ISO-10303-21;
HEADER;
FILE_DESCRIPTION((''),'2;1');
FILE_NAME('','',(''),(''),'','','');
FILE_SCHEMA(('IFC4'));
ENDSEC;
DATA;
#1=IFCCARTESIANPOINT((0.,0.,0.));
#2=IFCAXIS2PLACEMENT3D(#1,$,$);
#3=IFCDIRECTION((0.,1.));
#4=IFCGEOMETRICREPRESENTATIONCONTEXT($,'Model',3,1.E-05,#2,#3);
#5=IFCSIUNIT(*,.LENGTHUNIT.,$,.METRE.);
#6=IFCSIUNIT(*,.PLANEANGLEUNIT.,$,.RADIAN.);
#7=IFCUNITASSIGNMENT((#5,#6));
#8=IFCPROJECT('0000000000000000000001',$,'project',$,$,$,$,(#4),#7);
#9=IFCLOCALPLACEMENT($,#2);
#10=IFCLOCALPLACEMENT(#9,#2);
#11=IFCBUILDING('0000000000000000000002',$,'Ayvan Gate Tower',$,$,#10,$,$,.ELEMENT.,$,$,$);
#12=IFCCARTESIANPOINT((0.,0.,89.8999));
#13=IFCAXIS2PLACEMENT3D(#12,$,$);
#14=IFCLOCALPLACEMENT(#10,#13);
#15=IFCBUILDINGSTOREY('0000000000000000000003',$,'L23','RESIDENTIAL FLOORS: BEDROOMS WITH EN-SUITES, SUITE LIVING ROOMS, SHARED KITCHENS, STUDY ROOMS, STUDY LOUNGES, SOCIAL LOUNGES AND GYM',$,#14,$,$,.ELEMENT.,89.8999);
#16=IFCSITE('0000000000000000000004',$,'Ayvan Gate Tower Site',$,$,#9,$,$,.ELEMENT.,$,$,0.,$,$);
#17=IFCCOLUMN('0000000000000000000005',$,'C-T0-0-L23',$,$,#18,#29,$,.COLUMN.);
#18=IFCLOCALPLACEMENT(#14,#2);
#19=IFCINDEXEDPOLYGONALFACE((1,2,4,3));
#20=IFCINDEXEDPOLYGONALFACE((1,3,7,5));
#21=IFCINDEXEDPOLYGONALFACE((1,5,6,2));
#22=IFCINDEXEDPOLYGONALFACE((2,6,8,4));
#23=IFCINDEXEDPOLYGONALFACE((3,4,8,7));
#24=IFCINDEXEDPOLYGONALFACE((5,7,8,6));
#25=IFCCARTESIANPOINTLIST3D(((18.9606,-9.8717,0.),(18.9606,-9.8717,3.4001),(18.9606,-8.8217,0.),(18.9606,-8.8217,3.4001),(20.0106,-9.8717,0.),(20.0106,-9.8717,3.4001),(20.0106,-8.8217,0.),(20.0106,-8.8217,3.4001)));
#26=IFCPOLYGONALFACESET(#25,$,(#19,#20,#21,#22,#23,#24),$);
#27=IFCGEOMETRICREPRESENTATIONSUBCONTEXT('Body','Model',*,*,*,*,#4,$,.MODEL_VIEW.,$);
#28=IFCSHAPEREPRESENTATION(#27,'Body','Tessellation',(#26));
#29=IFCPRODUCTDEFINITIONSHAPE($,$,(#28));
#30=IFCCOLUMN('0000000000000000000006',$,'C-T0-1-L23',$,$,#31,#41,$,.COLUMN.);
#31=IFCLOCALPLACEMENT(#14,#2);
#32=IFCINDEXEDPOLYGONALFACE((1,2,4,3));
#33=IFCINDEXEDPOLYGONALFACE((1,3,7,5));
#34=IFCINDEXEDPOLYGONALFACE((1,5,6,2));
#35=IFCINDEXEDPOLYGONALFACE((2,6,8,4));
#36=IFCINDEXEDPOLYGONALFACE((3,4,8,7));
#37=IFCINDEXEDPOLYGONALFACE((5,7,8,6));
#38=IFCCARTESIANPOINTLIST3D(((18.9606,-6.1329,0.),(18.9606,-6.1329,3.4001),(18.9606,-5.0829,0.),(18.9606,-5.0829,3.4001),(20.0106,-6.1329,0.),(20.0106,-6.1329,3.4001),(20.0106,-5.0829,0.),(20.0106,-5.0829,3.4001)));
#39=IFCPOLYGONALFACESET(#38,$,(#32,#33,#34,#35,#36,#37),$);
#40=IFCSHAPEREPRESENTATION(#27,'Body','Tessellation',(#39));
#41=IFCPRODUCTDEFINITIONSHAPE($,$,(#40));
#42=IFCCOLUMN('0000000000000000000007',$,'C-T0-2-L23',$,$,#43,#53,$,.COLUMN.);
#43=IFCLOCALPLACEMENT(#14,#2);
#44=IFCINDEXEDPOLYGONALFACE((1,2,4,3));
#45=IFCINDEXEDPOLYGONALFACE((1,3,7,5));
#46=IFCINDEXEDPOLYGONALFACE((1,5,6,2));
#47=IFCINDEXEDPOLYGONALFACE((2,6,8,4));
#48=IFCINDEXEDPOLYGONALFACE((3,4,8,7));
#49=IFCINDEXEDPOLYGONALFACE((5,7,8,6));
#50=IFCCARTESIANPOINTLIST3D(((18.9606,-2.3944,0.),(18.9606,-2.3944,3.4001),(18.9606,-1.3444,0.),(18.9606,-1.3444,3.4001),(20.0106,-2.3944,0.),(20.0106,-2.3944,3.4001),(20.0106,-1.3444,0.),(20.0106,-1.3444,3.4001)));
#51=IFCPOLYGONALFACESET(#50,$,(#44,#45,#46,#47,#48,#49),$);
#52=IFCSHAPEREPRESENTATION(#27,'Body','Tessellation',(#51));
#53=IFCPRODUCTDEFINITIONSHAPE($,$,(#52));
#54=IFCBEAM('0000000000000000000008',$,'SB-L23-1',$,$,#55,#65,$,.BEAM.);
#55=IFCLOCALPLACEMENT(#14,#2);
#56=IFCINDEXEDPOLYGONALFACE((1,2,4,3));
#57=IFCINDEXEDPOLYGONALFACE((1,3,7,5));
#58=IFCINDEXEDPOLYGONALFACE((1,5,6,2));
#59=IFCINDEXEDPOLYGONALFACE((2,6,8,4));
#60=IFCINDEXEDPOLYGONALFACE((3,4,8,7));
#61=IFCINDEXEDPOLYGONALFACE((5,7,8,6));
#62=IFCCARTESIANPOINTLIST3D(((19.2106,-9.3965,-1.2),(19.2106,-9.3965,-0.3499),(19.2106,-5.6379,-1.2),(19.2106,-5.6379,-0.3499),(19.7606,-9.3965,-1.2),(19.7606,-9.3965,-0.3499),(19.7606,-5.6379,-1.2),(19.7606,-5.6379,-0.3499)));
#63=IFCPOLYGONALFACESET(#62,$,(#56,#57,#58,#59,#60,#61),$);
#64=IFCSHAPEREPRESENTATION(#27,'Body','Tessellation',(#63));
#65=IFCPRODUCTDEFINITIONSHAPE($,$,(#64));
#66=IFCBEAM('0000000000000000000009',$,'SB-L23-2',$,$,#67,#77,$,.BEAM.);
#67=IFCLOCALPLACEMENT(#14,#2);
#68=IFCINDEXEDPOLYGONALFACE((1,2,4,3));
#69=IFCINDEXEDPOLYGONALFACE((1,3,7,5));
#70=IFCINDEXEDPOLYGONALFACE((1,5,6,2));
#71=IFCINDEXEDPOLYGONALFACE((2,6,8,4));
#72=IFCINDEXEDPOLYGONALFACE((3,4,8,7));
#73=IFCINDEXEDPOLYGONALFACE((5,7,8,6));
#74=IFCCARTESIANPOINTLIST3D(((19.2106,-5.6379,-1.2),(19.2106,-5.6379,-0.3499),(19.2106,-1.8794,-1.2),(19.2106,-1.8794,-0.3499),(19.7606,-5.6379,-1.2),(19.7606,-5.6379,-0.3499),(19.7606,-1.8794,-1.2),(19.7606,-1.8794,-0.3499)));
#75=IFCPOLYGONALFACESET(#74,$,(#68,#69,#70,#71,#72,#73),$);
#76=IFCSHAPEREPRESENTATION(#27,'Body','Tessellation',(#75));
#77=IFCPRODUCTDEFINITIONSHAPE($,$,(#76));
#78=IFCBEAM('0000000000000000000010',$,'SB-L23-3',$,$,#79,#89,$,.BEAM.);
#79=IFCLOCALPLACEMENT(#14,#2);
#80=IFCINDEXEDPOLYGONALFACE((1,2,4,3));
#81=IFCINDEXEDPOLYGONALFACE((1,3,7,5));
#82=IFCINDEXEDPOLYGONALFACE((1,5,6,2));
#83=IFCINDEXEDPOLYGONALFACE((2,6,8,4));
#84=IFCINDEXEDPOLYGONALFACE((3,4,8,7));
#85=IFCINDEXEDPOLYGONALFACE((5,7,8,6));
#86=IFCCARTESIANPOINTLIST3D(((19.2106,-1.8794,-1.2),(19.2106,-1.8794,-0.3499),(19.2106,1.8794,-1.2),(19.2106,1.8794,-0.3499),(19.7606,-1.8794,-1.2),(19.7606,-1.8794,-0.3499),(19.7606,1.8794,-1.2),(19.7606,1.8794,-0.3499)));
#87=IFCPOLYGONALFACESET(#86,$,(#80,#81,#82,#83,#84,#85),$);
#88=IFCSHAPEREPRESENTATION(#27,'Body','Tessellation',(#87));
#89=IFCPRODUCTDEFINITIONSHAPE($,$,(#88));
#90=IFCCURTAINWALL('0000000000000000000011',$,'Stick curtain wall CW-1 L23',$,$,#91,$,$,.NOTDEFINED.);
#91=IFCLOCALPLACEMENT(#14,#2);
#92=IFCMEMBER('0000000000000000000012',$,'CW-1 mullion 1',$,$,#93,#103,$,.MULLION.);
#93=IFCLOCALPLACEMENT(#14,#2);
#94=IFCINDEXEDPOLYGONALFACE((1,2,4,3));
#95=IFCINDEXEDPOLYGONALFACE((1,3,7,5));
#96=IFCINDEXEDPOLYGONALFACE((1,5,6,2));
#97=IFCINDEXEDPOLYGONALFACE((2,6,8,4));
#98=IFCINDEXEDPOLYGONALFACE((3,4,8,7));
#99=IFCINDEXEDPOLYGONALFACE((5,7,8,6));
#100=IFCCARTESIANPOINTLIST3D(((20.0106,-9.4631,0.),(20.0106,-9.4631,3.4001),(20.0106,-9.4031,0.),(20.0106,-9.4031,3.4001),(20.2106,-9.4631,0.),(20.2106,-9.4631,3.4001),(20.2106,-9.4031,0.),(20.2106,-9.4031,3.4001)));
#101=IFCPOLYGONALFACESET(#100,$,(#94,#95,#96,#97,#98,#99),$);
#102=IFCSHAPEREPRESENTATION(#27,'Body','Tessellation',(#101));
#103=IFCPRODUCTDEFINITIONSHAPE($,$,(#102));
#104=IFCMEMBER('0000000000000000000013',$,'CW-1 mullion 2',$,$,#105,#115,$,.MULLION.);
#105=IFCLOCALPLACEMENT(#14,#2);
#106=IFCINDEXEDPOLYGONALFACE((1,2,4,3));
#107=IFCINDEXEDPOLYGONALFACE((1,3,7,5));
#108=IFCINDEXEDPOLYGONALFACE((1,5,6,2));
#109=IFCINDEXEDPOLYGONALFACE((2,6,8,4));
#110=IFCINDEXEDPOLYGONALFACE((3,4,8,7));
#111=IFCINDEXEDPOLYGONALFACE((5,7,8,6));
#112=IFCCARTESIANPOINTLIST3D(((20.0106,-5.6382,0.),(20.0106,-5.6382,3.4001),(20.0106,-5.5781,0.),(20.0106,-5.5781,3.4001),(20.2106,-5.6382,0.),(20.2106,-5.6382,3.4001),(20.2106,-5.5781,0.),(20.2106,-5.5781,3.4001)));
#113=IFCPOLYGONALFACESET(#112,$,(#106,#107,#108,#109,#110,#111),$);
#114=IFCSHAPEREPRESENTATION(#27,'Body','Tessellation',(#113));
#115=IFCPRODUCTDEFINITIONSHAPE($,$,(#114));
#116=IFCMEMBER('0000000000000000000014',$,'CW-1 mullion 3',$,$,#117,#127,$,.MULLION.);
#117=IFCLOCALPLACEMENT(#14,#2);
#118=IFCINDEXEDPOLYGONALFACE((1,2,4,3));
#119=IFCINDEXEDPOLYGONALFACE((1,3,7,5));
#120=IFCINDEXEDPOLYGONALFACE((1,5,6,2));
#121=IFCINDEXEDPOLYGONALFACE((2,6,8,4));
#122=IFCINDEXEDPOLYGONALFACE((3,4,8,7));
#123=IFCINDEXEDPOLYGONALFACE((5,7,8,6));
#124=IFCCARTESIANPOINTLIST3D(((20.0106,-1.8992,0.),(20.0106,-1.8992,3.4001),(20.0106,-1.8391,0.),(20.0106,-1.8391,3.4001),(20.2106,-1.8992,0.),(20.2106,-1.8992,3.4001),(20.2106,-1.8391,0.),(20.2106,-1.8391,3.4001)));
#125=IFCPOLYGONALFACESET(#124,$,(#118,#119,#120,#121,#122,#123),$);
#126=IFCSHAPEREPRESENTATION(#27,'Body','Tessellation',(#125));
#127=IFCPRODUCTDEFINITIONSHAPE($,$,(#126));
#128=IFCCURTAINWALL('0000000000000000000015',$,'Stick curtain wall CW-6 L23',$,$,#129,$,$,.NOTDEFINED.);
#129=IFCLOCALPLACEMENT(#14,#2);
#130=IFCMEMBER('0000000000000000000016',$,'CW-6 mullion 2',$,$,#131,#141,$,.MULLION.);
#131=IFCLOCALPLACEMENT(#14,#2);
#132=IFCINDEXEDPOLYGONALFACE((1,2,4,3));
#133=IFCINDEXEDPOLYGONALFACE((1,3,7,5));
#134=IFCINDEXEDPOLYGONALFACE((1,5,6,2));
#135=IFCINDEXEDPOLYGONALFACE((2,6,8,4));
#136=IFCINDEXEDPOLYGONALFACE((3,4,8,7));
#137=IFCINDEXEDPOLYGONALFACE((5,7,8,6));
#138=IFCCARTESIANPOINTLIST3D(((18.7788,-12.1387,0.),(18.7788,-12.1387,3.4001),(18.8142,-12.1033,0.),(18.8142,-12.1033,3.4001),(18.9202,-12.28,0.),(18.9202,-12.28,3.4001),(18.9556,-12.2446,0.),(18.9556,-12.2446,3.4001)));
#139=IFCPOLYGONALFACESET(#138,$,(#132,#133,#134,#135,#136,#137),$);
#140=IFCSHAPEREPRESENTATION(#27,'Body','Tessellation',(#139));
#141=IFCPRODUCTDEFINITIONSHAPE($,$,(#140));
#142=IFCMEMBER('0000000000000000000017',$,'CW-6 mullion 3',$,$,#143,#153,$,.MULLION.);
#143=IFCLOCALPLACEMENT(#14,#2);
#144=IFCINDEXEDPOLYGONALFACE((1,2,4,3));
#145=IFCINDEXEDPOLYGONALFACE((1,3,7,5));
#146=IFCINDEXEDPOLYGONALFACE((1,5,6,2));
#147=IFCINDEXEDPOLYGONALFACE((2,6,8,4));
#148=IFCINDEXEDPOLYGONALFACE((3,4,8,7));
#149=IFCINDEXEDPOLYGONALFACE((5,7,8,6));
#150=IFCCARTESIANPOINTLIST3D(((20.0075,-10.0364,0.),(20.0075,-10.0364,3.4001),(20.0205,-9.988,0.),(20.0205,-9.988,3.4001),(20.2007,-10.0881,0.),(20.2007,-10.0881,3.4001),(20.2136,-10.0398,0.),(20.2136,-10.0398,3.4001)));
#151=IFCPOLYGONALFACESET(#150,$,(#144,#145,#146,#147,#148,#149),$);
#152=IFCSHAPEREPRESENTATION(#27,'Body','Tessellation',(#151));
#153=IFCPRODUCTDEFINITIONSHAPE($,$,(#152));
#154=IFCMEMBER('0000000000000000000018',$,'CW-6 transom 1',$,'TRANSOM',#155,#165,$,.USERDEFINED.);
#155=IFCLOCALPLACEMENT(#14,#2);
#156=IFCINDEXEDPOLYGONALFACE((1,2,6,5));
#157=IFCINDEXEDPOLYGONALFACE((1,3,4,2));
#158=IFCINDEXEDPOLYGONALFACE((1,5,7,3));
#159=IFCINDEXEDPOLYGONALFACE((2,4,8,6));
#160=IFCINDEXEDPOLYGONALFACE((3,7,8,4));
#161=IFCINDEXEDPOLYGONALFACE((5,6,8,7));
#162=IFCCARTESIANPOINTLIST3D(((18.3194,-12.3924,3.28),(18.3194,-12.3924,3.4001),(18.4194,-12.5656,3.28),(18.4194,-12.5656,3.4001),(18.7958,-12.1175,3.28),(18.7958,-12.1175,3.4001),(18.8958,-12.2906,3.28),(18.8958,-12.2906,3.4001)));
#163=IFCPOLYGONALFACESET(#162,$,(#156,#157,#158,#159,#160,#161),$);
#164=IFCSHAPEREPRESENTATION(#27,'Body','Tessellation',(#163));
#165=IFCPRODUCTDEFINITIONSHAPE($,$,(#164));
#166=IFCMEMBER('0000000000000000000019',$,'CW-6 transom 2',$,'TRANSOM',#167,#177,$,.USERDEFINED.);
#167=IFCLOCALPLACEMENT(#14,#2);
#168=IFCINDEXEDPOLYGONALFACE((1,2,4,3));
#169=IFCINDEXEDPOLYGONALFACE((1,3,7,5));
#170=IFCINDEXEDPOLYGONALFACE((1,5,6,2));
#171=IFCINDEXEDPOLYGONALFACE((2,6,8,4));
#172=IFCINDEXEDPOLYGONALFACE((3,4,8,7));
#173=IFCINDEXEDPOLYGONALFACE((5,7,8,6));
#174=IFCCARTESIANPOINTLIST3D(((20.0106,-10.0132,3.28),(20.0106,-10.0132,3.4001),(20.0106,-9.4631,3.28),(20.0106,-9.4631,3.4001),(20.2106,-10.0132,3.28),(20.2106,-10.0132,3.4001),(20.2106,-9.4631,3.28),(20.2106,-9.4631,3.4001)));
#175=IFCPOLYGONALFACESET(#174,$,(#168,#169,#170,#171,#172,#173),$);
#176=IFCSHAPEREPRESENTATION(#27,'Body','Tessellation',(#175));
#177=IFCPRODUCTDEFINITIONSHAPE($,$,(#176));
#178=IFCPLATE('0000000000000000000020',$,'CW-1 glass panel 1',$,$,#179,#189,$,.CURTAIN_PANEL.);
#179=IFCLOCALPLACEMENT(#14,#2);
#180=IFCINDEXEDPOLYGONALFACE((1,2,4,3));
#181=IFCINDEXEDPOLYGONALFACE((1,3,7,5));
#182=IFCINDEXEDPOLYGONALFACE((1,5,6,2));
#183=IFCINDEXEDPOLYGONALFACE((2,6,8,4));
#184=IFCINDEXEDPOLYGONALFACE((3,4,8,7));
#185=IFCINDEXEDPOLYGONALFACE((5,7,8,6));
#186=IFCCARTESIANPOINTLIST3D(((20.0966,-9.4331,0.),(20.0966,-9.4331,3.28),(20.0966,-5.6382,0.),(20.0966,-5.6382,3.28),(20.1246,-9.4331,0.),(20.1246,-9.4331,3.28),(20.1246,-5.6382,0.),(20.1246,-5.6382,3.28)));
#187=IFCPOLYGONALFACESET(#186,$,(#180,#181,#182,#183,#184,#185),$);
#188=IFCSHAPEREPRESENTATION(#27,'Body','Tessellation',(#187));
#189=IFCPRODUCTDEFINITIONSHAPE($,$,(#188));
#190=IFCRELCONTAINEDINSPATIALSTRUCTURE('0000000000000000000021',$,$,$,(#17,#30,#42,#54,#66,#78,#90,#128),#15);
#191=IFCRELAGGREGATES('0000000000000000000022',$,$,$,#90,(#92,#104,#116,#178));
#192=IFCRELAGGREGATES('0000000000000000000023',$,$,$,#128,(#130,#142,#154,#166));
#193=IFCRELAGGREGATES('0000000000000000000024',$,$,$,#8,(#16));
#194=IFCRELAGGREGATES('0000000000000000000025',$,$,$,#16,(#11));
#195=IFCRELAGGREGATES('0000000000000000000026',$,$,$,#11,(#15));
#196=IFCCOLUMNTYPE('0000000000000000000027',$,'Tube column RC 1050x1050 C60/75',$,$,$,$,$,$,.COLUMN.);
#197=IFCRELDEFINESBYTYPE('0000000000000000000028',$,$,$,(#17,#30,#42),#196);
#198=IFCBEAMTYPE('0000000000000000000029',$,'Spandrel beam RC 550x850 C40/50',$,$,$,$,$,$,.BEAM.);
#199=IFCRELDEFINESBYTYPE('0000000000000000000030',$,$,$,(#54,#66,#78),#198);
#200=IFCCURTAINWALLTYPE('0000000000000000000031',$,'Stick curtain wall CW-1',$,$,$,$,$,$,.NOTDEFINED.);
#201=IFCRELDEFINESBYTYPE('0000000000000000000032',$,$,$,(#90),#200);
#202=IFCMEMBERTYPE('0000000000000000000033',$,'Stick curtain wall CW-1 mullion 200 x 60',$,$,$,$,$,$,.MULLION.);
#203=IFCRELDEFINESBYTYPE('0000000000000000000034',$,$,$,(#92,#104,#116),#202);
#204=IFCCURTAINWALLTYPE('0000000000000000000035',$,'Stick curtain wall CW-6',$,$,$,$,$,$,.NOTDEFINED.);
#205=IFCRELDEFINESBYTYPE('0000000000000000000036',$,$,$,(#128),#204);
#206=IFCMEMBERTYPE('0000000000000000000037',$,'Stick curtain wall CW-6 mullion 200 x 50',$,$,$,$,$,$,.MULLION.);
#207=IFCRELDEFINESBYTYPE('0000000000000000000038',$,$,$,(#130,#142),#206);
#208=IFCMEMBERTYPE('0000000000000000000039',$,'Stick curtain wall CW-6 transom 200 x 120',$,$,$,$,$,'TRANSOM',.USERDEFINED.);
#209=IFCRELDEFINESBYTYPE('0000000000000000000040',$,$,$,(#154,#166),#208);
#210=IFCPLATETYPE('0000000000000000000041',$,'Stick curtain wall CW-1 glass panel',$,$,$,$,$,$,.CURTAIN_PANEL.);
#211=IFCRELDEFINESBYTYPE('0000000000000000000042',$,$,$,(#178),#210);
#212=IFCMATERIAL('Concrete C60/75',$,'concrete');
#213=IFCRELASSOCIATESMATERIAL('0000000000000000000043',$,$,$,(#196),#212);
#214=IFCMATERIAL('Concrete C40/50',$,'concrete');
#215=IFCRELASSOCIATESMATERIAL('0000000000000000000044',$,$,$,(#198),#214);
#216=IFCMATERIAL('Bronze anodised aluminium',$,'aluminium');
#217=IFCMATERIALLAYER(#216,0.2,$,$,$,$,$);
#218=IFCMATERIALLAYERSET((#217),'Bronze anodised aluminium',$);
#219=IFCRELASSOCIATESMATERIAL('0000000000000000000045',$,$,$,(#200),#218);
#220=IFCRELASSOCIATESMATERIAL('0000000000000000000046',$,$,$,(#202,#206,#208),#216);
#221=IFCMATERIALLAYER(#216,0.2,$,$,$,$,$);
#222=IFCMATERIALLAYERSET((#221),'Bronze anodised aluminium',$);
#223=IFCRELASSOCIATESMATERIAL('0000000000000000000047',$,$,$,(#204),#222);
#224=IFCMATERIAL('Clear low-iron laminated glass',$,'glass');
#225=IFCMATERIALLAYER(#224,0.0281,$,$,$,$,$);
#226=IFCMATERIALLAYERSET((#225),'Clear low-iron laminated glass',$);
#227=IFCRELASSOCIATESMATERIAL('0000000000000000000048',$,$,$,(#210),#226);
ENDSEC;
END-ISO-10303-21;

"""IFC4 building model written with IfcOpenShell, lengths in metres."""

from ifc_helpers import new_model, si_unit, direction, frame, origin, origin_2d, place, context, subcontext, project, spatial, rectangle, extrude, material, layer, layer_set, material_profile, profile_set, type_object, element, aggregate, save


model = new_model("IFC4")

# Units and contexts
model_context = context("Model", 3, precision=1e-05, world=origin(), true_north=direction((0.0, 1.0)))
body_context = subcontext(model_context, "Body", "Model", "MODEL_VIEW")
ifc_project = project(units=[si_unit("LENGTHUNIT", "METRE"), si_unit("PLANEANGLEUNIT", "RADIAN")], contexts=[model_context])

# Site, building, storey
site_placement = place(None, origin())
site = spatial("IfcSite", under=ifc_project, at=site_placement, Name="Ayvan Gate Tower Site", CompositionType="ELEMENT", RefElevation=0.0)
building_placement = place(site_placement, origin())
building = spatial("IfcBuilding", under=site, at=building_placement, Name="Ayvan Gate Tower", CompositionType="ELEMENT")
storey_placement = place(building_placement, frame((0.0, 0.0, 89.8999)))
storey = spatial("IfcBuildingStorey", under=building, at=storey_placement, Name="L23", Description="RESIDENTIAL FLOORS: BEDROOMS WITH EN-SUITES, SUITE LIVING ROOMS, SHARED KITCHENS, STUDY ROOMS, STUDY LOUNGES, SOCIAL LOUNGES AND GYM", CompositionType="ELEMENT", Elevation=89.8999)

# Columns
ifc_material_1 = material(Name="Concrete C60/75", Category="concrete")
ifc_material_profile_1 = material_profile(ifc_material_1, rectangle(XDim=1.05, YDim=1.05, at=origin_2d()), Name="RC 1050x1050")
ifc_profile_set_1 = profile_set([ifc_material_profile_1], Name="Concrete C60/75")
column_type = type_object("IfcColumnType", Name="Tube column RC 1050x1050 C60/75", PredefinedType="COLUMN", material=ifc_profile_set_1)
for number, where, z_axis, x_axis, name in (
    (1, (19.4856, -9.3467, 0.0), (0.0, 0.0, 1.0), (1.0, 0.0, 0.0), "C-T0-0-L23"),
    (2, (19.4856, -5.6079, 0.0), (0.0, 0.0, 1.0), (1.0, 0.0, 0.0), "C-T0-1-L23"),
    (3, (19.4856, -1.8694, 0.0), (0.0, 0.0, 1.0), (1.0, 0.0, 0.0), "C-T0-2-L23"),
):
    element("IfcColumn", number, at=place(storey_placement, frame(where, z_axis=z_axis, x_axis=x_axis)), inside=storey, type_object=column_type, Name=name, PredefinedType="COLUMN", context=body_context, shape_type="SweptSolid", body=[
        extrude(rectangle(XDim=1.05, YDim=1.05, at=origin_2d()), origin(), (0.0, 0.0, 1.0), 3.4001),
    ])

# Beams
ifc_material_2 = material(Name="Concrete C40/50", Category="concrete")
ifc_material_profile_2 = material_profile(ifc_material_2, rectangle(XDim=0.55, YDim=0.8501, at=origin_2d()), Name="RC 550x850")
ifc_profile_set_2 = profile_set([ifc_material_profile_2], Name="Concrete C40/50")
beam_type = type_object("IfcBeamType", Name="Spandrel beam RC 550x850 C40/50", PredefinedType="BEAM", material=ifc_profile_set_2)
for number, where, z_axis, x_axis, name in (
    (4, (19.4856, -9.3965, -0.7749), (0.0, 1.0, 0.0), (-1.0, 0.0, 0.0), "SB-L23-1"),
    (5, (19.4856, -5.6379, -0.7749), (0.0, 1.0, 0.0), (-1.0, 0.0, 0.0), "SB-L23-2"),
):
    element("IfcBeam", number, at=place(storey_placement, frame(where, z_axis=z_axis, x_axis=x_axis)), inside=storey, type_object=beam_type, Name=name, PredefinedType="BEAM", context=body_context, shape_type="SweptSolid", body=[
        extrude(rectangle(XDim=0.55, YDim=0.8501, at=origin_2d()), origin(), (0.0, 0.0, 1.0), 3.7585),
    ])
beam_placement = place(storey_placement, frame((19.4856, -1.8794, -0.7749), z_axis=(0.0, 1.0, 0.0), x_axis=(-1.0, 0.0, 0.0)))
element("IfcBeam", 6, at=beam_placement, inside=storey, type_object=beam_type, Name="SB-L23-3", PredefinedType="BEAM", context=body_context, shape_type="SweptSolid", body=[
    extrude(rectangle(XDim=0.55, YDim=0.8501, at=origin_2d()), origin(), (0.0, 0.0, 1.0), 3.7588),
])

# Curtain walls, members
ifc_material_3 = material(Name="Bronze anodised aluminium", Category="aluminium")
ifc_layer_1 = layer(ifc_material_3, 0.2)
ifc_layer_set_1 = layer_set([ifc_layer_1], Name="Bronze anodised aluminium")
curtain_wall_type_1 = type_object("IfcCurtainWallType", Name="Stick curtain wall CW-1", PredefinedType="NOTDEFINED", material=ifc_layer_set_1)
curtain_wall_1_placement = place(storey_placement, origin())
curtain_wall_1 = element("IfcCurtainWall", 7, at=curtain_wall_1_placement, inside=storey, type_object=curtain_wall_type_1, Name="Stick curtain wall CW-1 L23", PredefinedType="NOTDEFINED")
ifc_material_profile_3 = material_profile(ifc_material_3, rectangle(XDim=0.2, YDim=0.0601, at=origin_2d()), Name="Stick curtain wall CW-1 mullion 200 x 60")
ifc_profile_set_3 = profile_set([ifc_material_profile_3], Name="Bronze anodised aluminium")
member_type_1 = type_object("IfcMemberType", Name="Stick curtain wall CW-1 mullion 200 x 60", PredefinedType="MULLION", material=ifc_profile_set_3)
member_1_placement = place(storey_placement, frame((20.1106, -9.4331, 0.0), z_axis=(0.0, 0.0, 1.0), x_axis=(1.0, 0.0, 0.0)))
member_1 = element("IfcMember", 8, at=member_1_placement, type_object=member_type_1, Name="CW-1 mullion 1", PredefinedType="MULLION", context=body_context, shape_type="SweptSolid", body=[
    extrude(rectangle(XDim=0.2, YDim=0.0601, at=origin_2d()), origin(), (0.0, 0.0, 1.0), 3.4001),
])
member_2_placement = place(storey_placement, frame((20.1106, -5.6082, 0.0), z_axis=(0.0, 0.0, 1.0), x_axis=(1.0, 0.0, 0.0)))
member_2 = element("IfcMember", 9, at=member_2_placement, type_object=member_type_1, Name="CW-1 mullion 2", PredefinedType="MULLION", context=body_context, shape_type="SweptSolid", body=[
    extrude(rectangle(XDim=0.2, YDim=0.0601, at=origin_2d()), origin(), (0.0, 0.0, 1.0), 3.4001),
])
member_3_placement = place(storey_placement, frame((20.1106, -1.8691, 0.0), z_axis=(0.0, 0.0, 1.0), x_axis=(1.0, 0.0, 0.0)))
member_3 = element("IfcMember", 10, at=member_3_placement, type_object=member_type_1, Name="CW-1 mullion 3", PredefinedType="MULLION", context=body_context, shape_type="SweptSolid", body=[
    extrude(rectangle(XDim=0.2, YDim=0.0601, at=origin_2d()), origin(), (0.0, 0.0, 1.0), 3.4001),
])
ifc_layer_2 = layer(ifc_material_3, 0.2)
ifc_layer_set_2 = layer_set([ifc_layer_2], Name="Bronze anodised aluminium")
curtain_wall_type_2 = type_object("IfcCurtainWallType", Name="Stick curtain wall CW-6", PredefinedType="NOTDEFINED", material=ifc_layer_set_2)
curtain_wall_2_placement = place(storey_placement, origin())
curtain_wall_2 = element("IfcCurtainWall", 11, at=curtain_wall_2_placement, inside=storey, type_object=curtain_wall_type_2, Name="Stick curtain wall CW-6 L23", PredefinedType="NOTDEFINED")
ifc_material_profile_4 = material_profile(ifc_material_3, rectangle(XDim=0.2, YDim=0.05, at=origin_2d()), Name="Stick curtain wall CW-6 mullion 200 x 50")
ifc_profile_set_4 = profile_set([ifc_material_profile_4], Name="Bronze anodised aluminium")
member_type_2 = type_object("IfcMemberType", Name="Stick curtain wall CW-6 mullion 200 x 50", PredefinedType="MULLION", material=ifc_profile_set_4)
member_4_placement = place(storey_placement, frame((18.8672, -12.1917, 0.0), z_axis=(0.0, 0.0, 1.0), x_axis=(0.707107, -0.707107, 0.0)))
member_4 = element("IfcMember", 12, at=member_4_placement, type_object=member_type_2, Name="CW-6 mullion 2", PredefinedType="MULLION", context=body_context, shape_type="SweptSolid", body=[
    extrude(rectangle(XDim=0.2, YDim=0.05, at=origin_2d()), origin(), (0.0, 0.0, 1.0), 3.4001),
])
member_5_placement = place(storey_placement, frame((20.1106, -10.0381, 0.0), z_axis=(0.0, 0.0, 1.0), x_axis=(0.965926, -0.258819, 0.0)))
member_5 = element("IfcMember", 13, at=member_5_placement, type_object=member_type_2, Name="CW-6 mullion 3", PredefinedType="MULLION", context=body_context, shape_type="SweptSolid", body=[
    extrude(rectangle(XDim=0.2, YDim=0.05, at=origin_2d()), origin(), (0.0, 0.0, 1.0), 3.4001),
])
ifc_material_profile_5 = material_profile(ifc_material_3, rectangle(XDim=0.2, YDim=0.1201, at=origin_2d()), Name="Stick curtain wall CW-6 transom 200 x 120")
ifc_profile_set_5 = profile_set([ifc_material_profile_5], Name="Bronze anodised aluminium")
member_type_3 = type_object("IfcMemberType", Name="Stick curtain wall CW-6 transom 200 x 120", ElementType="TRANSOM", PredefinedType="USERDEFINED", material=ifc_profile_set_5)
member_6_placement = place(storey_placement, frame((18.3694, -12.479, 3.3401), z_axis=(0.866104, 0.499863, 0.0), x_axis=(-0.499863, 0.866104, 0.0)))
member_6 = element("IfcMember", 14, at=member_6_placement, type_object=member_type_3, Name="CW-6 transom 1", ObjectType="TRANSOM", PredefinedType="USERDEFINED", context=body_context, shape_type="SweptSolid", body=[
    extrude(rectangle(XDim=0.2, YDim=0.1201, at=origin_2d()), origin(), (0.0, 0.0, 1.0), 0.55),
])
member_7_placement = place(storey_placement, frame((20.1106, -10.0132, 3.3401), z_axis=(0.0, 1.0, 0.0), x_axis=(-1.0, 0.0, 0.0)))
member_7 = element("IfcMember", 15, at=member_7_placement, type_object=member_type_3, Name="CW-6 transom 2", ObjectType="TRANSOM", PredefinedType="USERDEFINED", context=body_context, shape_type="SweptSolid", body=[
    extrude(rectangle(XDim=0.2, YDim=0.1201, at=origin_2d()), origin(), (0.0, 0.0, 1.0), 0.55),
])

# Plate
ifc_material_4 = material(Name="Clear low-iron laminated glass", Category="glass")
ifc_layer_3 = layer(ifc_material_4, 0.0281)
ifc_layer_set_3 = layer_set([ifc_layer_3], Name="Clear low-iron laminated glass")
plate_type_1 = type_object("IfcPlateType", Name="Stick curtain wall CW-1 glass panel", PredefinedType="CURTAIN_PANEL", material=ifc_layer_set_3)
plate_1_placement = place(storey_placement, frame((20.1106, -7.5356, 0.0), z_axis=(0.0, 0.0, 1.0), x_axis=(0.0, 1.0, 0.0)))
plate_1 = element("IfcPlate", 16, at=plate_1_placement, type_object=plate_type_1, Name="CW-1 glass panel 1", PredefinedType="CURTAIN_PANEL", context=body_context, shape_type="SweptSolid", body=[
    extrude(rectangle(XDim=3.7949, YDim=0.0281, at=origin_2d()), origin(), (0.0, 0.0, 1.0), 3.28),
])
aggregate(curtain_wall_1, [member_1, member_2, member_3, plate_1])
aggregate(curtain_wall_2, [member_4, member_5, member_6, member_7])

save(model, "model.ifc")
